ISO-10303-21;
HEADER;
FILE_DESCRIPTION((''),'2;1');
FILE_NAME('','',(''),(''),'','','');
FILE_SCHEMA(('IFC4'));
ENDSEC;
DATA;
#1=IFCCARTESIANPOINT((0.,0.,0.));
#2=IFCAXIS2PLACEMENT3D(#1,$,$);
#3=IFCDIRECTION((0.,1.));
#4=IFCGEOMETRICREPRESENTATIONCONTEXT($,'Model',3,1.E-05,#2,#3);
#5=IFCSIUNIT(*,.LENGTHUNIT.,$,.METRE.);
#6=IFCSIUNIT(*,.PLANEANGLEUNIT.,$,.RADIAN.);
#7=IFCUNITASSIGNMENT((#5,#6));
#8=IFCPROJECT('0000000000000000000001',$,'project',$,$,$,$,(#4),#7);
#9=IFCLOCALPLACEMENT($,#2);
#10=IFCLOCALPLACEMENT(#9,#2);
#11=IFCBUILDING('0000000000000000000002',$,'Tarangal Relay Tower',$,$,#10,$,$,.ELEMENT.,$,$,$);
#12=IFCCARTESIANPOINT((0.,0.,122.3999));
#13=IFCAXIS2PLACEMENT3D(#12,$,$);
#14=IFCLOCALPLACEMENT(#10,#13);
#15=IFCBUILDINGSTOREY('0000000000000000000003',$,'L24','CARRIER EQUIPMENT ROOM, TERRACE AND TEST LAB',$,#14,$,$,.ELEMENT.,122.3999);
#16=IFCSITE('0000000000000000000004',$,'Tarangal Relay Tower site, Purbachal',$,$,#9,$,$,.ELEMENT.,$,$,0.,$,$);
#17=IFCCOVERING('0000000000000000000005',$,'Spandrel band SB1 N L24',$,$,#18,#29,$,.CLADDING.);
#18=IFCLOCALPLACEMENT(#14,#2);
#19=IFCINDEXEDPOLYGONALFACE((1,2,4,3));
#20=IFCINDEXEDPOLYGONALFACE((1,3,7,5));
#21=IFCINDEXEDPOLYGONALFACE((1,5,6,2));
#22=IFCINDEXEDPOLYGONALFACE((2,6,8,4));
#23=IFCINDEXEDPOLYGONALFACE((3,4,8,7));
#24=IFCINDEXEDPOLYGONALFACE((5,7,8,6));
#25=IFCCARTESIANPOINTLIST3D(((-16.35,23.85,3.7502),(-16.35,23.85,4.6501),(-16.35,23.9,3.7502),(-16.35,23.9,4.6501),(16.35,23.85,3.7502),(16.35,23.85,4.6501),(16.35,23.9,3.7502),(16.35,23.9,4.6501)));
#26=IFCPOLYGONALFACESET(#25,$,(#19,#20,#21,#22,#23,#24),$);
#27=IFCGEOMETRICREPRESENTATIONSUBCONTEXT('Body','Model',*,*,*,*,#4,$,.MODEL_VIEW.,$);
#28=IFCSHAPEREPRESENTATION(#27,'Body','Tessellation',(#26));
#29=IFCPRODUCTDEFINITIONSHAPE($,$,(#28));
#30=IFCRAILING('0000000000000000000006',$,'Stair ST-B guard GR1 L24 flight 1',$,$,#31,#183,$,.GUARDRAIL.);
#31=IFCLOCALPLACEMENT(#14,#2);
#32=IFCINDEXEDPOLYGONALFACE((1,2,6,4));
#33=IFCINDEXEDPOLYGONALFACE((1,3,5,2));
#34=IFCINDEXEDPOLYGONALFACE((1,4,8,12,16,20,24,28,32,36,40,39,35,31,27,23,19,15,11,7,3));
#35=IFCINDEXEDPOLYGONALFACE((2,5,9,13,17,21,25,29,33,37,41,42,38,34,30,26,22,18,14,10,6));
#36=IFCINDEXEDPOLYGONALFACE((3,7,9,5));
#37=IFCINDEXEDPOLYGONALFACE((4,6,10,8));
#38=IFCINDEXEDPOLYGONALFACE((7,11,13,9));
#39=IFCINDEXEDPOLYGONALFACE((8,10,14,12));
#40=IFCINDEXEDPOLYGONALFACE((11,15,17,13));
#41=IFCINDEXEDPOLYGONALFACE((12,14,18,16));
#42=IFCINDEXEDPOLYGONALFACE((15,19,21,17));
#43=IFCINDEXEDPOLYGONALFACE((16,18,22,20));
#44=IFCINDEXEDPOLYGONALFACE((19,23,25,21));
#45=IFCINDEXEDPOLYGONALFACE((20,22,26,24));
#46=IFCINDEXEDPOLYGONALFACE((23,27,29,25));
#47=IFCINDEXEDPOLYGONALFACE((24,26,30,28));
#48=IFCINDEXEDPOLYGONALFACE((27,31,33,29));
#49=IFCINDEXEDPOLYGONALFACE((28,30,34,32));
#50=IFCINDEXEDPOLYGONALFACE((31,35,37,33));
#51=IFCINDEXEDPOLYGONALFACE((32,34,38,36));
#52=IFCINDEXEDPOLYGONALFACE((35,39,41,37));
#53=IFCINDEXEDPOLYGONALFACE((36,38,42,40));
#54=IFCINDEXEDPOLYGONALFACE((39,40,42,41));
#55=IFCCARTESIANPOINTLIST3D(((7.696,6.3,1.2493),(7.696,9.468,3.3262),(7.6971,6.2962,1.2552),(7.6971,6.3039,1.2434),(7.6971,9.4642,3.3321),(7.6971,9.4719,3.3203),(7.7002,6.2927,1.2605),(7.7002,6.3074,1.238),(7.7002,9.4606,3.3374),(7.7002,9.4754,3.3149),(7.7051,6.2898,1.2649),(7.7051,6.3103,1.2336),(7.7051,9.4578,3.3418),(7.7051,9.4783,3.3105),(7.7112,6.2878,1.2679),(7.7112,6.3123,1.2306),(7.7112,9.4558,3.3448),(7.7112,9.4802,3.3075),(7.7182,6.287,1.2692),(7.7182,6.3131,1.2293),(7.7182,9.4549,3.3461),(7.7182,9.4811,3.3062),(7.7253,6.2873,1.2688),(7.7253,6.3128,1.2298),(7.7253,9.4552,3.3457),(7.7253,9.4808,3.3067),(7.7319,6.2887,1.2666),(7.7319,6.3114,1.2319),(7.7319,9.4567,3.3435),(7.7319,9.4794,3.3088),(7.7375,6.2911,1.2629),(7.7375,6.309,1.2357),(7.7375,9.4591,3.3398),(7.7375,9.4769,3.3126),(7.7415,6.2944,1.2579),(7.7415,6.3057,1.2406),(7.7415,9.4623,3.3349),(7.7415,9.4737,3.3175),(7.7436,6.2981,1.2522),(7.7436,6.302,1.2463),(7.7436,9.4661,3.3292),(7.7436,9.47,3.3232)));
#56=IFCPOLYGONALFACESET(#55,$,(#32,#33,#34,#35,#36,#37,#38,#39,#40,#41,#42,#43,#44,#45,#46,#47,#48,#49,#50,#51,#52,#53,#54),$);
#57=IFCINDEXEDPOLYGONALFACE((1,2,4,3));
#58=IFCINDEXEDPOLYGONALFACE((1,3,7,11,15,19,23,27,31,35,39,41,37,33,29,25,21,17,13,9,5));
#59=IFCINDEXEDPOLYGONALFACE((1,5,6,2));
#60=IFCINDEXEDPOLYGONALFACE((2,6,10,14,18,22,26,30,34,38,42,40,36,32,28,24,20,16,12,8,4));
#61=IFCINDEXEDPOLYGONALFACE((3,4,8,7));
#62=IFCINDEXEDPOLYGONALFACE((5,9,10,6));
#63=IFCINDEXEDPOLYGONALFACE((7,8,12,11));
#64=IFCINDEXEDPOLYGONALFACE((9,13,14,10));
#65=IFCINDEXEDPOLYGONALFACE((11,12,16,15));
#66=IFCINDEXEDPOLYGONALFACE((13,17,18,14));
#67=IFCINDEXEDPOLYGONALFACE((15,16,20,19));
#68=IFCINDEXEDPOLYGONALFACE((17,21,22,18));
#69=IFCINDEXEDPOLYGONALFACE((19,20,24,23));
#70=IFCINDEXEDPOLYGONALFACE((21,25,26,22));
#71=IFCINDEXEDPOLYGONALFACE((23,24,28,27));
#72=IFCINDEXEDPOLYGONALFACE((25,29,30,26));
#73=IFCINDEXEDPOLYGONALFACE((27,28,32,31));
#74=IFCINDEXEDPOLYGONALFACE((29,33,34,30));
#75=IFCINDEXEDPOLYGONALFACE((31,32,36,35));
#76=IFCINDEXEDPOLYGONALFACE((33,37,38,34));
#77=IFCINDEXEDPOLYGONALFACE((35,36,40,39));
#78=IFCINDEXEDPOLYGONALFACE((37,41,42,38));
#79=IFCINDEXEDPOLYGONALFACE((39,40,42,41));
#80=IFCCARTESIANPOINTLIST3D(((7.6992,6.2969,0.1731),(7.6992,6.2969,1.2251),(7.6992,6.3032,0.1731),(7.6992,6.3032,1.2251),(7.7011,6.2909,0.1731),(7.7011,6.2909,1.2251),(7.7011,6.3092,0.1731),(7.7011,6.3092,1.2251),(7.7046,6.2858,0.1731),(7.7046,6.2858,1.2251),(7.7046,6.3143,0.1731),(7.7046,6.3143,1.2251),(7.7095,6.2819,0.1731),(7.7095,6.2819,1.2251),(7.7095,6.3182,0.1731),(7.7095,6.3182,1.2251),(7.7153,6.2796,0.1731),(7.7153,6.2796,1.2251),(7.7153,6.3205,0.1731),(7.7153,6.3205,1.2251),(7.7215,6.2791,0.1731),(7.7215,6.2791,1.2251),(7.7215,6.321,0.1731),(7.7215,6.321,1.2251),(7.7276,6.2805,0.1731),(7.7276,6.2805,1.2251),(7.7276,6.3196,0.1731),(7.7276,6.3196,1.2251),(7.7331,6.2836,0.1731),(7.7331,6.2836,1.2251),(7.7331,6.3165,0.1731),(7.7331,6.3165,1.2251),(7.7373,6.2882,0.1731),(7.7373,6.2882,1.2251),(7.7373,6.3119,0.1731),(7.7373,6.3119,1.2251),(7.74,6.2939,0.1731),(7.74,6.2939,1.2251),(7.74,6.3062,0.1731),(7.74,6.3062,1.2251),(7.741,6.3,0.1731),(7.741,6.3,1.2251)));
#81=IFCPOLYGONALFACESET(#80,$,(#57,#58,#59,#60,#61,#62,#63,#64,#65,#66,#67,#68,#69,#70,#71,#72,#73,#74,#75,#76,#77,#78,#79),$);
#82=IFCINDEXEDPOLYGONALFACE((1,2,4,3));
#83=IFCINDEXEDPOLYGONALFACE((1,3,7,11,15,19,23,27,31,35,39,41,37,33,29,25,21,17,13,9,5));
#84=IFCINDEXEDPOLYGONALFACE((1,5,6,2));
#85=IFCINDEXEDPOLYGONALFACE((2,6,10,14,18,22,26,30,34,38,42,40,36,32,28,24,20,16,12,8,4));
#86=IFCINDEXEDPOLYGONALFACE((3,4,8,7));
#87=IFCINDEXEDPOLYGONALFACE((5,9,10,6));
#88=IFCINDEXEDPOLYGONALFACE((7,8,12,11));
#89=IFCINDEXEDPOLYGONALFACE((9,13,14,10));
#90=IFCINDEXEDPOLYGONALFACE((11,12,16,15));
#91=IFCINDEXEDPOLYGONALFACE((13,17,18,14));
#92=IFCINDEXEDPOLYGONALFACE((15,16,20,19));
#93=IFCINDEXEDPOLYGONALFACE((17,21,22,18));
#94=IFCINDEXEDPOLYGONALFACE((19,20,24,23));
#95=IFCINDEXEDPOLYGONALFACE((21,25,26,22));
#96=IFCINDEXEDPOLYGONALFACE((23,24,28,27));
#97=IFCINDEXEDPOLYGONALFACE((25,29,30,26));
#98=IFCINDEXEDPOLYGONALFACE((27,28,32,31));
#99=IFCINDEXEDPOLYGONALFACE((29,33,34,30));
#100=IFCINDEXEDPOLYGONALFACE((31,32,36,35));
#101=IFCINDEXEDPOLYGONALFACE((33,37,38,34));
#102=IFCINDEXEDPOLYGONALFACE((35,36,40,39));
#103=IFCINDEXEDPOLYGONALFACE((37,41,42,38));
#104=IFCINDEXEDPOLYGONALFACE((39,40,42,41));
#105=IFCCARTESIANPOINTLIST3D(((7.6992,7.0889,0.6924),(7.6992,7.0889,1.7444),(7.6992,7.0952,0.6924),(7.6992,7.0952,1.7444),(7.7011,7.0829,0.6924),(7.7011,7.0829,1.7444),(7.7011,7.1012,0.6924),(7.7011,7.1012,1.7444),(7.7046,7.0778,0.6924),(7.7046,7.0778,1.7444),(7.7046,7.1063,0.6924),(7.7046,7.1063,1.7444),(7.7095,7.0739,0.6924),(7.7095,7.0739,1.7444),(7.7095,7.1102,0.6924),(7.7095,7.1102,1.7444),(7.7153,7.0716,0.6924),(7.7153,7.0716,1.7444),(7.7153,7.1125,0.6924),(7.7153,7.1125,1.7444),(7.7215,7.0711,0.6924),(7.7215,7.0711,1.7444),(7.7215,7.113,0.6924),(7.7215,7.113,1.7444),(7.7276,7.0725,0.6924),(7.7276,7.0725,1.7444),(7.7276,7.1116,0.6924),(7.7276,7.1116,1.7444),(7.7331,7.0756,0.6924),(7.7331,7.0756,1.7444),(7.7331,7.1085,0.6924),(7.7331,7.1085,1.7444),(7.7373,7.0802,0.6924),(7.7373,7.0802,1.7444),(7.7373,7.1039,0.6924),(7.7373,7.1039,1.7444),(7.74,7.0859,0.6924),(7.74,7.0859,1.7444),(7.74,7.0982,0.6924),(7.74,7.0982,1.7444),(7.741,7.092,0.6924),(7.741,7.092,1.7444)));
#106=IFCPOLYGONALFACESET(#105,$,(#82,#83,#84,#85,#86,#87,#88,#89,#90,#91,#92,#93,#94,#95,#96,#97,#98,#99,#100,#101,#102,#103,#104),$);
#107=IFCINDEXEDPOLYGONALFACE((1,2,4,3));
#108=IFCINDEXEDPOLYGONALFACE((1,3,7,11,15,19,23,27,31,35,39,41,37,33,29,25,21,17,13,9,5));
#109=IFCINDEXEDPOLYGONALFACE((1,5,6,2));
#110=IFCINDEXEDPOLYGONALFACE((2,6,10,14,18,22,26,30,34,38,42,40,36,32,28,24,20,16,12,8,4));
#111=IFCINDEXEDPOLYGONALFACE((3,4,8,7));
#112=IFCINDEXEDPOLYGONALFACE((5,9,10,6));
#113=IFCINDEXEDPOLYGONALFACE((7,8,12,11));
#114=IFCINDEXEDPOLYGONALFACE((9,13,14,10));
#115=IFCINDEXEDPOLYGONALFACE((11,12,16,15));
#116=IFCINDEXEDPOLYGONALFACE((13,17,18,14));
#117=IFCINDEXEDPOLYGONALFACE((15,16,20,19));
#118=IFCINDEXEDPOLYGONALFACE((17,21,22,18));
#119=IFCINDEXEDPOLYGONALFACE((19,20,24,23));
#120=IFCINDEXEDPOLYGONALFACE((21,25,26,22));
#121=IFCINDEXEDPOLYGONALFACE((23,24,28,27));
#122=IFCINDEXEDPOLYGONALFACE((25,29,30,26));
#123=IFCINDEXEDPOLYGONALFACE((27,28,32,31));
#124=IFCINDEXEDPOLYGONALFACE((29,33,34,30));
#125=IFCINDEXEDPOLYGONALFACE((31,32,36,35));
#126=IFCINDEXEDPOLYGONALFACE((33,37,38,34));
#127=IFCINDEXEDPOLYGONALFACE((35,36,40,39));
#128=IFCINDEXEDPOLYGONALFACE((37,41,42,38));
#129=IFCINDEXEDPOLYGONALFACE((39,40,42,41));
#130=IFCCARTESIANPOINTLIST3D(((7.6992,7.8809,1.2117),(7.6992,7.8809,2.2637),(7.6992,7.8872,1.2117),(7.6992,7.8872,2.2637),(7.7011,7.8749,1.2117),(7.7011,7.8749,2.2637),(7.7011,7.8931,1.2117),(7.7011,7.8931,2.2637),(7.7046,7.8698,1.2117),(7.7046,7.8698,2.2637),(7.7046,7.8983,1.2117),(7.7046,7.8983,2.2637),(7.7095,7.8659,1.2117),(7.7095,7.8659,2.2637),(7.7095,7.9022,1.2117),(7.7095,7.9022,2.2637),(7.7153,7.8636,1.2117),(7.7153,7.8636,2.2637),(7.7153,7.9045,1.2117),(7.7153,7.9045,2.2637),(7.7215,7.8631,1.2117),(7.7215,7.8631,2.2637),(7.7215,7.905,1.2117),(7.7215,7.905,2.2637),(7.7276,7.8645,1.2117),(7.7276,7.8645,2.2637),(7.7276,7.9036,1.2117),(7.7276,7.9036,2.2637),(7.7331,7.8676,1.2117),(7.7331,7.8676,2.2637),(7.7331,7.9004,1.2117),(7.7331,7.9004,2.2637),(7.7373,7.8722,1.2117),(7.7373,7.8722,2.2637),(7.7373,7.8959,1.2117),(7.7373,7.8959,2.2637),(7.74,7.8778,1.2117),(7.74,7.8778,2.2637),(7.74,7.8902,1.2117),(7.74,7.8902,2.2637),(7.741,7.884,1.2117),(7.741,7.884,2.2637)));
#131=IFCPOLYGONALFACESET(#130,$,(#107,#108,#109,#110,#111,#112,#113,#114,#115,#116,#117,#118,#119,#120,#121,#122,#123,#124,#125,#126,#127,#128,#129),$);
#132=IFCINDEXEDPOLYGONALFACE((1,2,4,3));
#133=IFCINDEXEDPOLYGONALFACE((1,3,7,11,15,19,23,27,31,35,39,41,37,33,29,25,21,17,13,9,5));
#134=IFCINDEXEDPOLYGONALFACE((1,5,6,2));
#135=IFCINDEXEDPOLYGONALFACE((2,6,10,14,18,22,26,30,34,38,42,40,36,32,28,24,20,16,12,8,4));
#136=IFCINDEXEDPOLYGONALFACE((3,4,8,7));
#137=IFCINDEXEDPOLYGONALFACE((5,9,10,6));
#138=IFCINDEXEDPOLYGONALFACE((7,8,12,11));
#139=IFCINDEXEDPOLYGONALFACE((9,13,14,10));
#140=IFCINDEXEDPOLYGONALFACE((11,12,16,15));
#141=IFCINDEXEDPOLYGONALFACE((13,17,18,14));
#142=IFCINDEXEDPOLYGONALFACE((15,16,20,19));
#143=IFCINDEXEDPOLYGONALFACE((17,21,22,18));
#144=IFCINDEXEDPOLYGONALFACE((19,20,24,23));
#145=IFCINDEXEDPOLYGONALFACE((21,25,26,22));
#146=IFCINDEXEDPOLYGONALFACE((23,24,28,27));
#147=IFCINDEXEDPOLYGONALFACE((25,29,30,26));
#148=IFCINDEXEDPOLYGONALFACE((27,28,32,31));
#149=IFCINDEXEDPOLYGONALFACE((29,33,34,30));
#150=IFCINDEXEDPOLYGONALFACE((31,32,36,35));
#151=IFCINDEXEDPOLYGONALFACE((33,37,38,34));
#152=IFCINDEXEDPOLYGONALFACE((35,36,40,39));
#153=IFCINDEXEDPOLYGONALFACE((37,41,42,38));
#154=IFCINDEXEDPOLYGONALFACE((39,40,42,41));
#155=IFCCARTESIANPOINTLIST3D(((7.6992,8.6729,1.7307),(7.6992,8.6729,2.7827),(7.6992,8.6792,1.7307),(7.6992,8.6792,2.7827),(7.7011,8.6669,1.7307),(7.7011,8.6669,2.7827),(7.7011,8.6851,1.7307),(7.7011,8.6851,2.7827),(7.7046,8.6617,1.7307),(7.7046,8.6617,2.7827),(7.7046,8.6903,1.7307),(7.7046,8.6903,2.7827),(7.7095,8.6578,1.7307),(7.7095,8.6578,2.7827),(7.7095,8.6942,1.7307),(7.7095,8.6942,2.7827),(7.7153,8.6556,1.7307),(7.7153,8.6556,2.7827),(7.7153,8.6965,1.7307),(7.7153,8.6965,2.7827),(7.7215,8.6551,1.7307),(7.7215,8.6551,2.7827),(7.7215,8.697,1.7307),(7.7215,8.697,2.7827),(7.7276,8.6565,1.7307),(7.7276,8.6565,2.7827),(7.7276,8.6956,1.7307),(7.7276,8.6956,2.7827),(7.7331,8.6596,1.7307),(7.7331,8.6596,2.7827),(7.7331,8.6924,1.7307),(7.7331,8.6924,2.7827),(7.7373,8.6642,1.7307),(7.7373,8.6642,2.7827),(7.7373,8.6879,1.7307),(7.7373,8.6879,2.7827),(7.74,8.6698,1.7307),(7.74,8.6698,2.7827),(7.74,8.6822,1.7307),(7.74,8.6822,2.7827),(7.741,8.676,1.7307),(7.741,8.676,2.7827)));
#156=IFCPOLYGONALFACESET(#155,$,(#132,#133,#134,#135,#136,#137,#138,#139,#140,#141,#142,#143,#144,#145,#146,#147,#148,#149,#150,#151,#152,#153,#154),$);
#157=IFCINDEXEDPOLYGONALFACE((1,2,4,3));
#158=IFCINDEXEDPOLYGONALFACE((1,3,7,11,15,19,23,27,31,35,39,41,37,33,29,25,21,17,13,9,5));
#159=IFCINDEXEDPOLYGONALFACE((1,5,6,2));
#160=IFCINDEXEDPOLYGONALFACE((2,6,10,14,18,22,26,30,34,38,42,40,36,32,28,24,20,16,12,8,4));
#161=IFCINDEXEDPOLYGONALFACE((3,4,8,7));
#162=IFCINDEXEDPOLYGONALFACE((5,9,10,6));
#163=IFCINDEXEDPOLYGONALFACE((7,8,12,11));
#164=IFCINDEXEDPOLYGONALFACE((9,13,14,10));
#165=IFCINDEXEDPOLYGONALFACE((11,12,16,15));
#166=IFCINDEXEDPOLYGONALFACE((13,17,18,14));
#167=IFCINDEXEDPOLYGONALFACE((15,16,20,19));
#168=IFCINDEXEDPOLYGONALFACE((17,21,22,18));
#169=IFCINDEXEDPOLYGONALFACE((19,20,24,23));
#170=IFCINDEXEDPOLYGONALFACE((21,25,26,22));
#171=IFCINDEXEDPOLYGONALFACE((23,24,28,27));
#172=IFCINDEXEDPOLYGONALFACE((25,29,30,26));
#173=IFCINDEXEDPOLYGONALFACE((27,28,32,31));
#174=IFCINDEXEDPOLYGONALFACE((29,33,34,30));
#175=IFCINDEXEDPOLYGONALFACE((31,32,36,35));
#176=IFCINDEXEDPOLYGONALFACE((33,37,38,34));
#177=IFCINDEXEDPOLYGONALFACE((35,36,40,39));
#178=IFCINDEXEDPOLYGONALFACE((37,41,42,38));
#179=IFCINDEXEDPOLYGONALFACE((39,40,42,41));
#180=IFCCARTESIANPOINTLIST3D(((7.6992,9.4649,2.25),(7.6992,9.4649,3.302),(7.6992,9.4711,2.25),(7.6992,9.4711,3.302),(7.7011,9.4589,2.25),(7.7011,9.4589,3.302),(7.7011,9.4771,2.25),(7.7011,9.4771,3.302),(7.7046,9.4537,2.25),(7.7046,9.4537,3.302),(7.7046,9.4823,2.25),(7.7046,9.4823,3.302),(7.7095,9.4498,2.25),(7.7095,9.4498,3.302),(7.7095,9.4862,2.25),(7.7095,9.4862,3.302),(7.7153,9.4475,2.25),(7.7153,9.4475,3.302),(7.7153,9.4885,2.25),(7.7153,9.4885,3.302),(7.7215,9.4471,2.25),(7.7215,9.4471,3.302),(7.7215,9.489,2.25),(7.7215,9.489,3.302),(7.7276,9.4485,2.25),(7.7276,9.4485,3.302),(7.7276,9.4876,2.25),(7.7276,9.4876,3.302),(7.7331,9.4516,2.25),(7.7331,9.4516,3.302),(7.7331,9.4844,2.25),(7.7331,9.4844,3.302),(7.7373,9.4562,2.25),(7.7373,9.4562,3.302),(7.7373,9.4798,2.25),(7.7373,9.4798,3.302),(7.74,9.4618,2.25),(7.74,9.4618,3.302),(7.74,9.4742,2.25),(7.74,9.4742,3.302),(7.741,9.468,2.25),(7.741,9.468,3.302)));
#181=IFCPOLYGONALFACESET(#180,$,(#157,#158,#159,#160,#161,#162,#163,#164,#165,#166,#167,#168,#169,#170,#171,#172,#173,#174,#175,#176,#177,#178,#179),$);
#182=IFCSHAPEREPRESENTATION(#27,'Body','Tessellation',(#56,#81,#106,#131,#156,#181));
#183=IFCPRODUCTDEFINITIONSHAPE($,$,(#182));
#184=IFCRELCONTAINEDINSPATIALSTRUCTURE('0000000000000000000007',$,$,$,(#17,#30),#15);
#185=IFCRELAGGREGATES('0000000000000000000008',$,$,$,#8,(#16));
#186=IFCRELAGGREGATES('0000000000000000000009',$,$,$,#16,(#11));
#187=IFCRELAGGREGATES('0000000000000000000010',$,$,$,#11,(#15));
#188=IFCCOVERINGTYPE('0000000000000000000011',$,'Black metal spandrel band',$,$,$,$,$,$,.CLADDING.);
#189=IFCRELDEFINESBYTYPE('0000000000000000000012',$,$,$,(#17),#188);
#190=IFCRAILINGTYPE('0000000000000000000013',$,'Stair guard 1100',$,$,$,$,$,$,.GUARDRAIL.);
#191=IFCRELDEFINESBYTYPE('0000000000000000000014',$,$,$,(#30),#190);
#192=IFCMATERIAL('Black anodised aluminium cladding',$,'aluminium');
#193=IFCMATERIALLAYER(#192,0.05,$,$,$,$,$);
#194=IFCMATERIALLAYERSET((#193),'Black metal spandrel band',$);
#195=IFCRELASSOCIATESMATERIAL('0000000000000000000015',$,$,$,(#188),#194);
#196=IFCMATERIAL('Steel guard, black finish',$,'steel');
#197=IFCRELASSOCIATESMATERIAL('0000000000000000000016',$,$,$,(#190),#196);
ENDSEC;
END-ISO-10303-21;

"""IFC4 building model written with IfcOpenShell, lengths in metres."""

from ifc_helpers import new_model, si_unit, direction, frame, origin, origin_2d, place, context, subcontext, project, spatial, rectangle, circle, extrude, material, layer, layer_set, type_object, element, save


model = new_model("IFC4")

# Units and contexts
model_context = context("Model", 3, precision=1e-05, world=origin(), true_north=direction((0.0, 1.0)))
body_context = subcontext(model_context, "Body", "Model", "MODEL_VIEW")
ifc_project = project(units=[si_unit("LENGTHUNIT", "METRE"), si_unit("PLANEANGLEUNIT", "RADIAN")], contexts=[model_context])

# Site, building, storey
site_placement = place(None, origin())
site = spatial("IfcSite", under=ifc_project, at=site_placement, Name="Tarangal Relay Tower site, Purbachal", CompositionType="ELEMENT", RefElevation=0.0)
building_placement = place(site_placement, origin())
building = spatial("IfcBuilding", under=site, at=building_placement, Name="Tarangal Relay Tower", CompositionType="ELEMENT")
storey_placement = place(building_placement, frame((0.0, 0.0, 122.3999)))
storey = spatial("IfcBuildingStorey", under=building, at=storey_placement, Name="L24", Description="CARRIER EQUIPMENT ROOM, TERRACE AND TEST LAB", CompositionType="ELEMENT", Elevation=122.3999)

# Covering
ifc_material_1 = material(Name="Black anodised aluminium cladding", Category="aluminium")
ifc_layer_1 = layer(ifc_material_1, 0.05)
ifc_layer_set_1 = layer_set([ifc_layer_1], Name="Black metal spandrel band")
covering_type = type_object("IfcCoveringType", Name="Black metal spandrel band", PredefinedType="CLADDING", material=ifc_layer_set_1)
covering_placement = place(storey_placement, frame((0.0, 23.875, 3.7502), z_axis=(0.0, 0.0, 1.0), x_axis=(1.0, 0.0, 0.0)))
element("IfcCovering", 1, at=covering_placement, inside=storey, type_object=covering_type, Name="Spandrel band SB1 N L24", PredefinedType="CLADDING", context=body_context, shape_type="SweptSolid", body=[
    extrude(rectangle(XDim=32.7, YDim=0.05, at=origin_2d()), origin(), (0.0, 0.0, 1.0), 0.8999),
])

# Railing
ifc_material_2 = material(Name="Steel guard, black finish", Category="steel")
railing_type_1 = type_object("IfcRailingType", Name="Stair guard 1100", PredefinedType="GUARDRAIL", material=ifc_material_2)
railing_1_placement = place(storey_placement, frame((7.72, 6.3, 0.1731)))
element("IfcRailing", 2, at=railing_1_placement, inside=storey, type_object=railing_type_1, Name="Stair ST-B guard GR1 L24 flight 1", PredefinedType="GUARDRAIL", context=body_context, shape_type="SweptSolid", body=[
    extrude(circle(Radius=0.0239, at=origin_2d()), frame((0.0, 0.0, 1.0762), z_axis=(0.0, 0.836299, 0.548273), x_axis=(-1.0, 0.0, 0.0)), (0.0, 0.0, 1.0), 3.7881),
    extrude(circle(Radius=0.021, at=origin_2d()), origin(), (0.0, 0.0, 1.0), 1.052),
    extrude(circle(Radius=0.021, at=origin_2d()), frame((0.0, 0.792, 0.5193)), (0.0, 0.0, 1.0), 1.052),
    extrude(circle(Radius=0.021, at=origin_2d()), frame((0.0, 1.584, 1.0386)), (0.0, 0.0, 1.0), 1.052),
    extrude(circle(Radius=0.021, at=origin_2d()), frame((0.0, 2.376, 1.5576)), (0.0, 0.0, 1.0), 1.052),
    extrude(circle(Radius=0.021, at=origin_2d()), frame((0.0, 3.168, 2.0769)), (0.0, 0.0, 1.0), 1.052),
])

save(model, "model.ifc")
